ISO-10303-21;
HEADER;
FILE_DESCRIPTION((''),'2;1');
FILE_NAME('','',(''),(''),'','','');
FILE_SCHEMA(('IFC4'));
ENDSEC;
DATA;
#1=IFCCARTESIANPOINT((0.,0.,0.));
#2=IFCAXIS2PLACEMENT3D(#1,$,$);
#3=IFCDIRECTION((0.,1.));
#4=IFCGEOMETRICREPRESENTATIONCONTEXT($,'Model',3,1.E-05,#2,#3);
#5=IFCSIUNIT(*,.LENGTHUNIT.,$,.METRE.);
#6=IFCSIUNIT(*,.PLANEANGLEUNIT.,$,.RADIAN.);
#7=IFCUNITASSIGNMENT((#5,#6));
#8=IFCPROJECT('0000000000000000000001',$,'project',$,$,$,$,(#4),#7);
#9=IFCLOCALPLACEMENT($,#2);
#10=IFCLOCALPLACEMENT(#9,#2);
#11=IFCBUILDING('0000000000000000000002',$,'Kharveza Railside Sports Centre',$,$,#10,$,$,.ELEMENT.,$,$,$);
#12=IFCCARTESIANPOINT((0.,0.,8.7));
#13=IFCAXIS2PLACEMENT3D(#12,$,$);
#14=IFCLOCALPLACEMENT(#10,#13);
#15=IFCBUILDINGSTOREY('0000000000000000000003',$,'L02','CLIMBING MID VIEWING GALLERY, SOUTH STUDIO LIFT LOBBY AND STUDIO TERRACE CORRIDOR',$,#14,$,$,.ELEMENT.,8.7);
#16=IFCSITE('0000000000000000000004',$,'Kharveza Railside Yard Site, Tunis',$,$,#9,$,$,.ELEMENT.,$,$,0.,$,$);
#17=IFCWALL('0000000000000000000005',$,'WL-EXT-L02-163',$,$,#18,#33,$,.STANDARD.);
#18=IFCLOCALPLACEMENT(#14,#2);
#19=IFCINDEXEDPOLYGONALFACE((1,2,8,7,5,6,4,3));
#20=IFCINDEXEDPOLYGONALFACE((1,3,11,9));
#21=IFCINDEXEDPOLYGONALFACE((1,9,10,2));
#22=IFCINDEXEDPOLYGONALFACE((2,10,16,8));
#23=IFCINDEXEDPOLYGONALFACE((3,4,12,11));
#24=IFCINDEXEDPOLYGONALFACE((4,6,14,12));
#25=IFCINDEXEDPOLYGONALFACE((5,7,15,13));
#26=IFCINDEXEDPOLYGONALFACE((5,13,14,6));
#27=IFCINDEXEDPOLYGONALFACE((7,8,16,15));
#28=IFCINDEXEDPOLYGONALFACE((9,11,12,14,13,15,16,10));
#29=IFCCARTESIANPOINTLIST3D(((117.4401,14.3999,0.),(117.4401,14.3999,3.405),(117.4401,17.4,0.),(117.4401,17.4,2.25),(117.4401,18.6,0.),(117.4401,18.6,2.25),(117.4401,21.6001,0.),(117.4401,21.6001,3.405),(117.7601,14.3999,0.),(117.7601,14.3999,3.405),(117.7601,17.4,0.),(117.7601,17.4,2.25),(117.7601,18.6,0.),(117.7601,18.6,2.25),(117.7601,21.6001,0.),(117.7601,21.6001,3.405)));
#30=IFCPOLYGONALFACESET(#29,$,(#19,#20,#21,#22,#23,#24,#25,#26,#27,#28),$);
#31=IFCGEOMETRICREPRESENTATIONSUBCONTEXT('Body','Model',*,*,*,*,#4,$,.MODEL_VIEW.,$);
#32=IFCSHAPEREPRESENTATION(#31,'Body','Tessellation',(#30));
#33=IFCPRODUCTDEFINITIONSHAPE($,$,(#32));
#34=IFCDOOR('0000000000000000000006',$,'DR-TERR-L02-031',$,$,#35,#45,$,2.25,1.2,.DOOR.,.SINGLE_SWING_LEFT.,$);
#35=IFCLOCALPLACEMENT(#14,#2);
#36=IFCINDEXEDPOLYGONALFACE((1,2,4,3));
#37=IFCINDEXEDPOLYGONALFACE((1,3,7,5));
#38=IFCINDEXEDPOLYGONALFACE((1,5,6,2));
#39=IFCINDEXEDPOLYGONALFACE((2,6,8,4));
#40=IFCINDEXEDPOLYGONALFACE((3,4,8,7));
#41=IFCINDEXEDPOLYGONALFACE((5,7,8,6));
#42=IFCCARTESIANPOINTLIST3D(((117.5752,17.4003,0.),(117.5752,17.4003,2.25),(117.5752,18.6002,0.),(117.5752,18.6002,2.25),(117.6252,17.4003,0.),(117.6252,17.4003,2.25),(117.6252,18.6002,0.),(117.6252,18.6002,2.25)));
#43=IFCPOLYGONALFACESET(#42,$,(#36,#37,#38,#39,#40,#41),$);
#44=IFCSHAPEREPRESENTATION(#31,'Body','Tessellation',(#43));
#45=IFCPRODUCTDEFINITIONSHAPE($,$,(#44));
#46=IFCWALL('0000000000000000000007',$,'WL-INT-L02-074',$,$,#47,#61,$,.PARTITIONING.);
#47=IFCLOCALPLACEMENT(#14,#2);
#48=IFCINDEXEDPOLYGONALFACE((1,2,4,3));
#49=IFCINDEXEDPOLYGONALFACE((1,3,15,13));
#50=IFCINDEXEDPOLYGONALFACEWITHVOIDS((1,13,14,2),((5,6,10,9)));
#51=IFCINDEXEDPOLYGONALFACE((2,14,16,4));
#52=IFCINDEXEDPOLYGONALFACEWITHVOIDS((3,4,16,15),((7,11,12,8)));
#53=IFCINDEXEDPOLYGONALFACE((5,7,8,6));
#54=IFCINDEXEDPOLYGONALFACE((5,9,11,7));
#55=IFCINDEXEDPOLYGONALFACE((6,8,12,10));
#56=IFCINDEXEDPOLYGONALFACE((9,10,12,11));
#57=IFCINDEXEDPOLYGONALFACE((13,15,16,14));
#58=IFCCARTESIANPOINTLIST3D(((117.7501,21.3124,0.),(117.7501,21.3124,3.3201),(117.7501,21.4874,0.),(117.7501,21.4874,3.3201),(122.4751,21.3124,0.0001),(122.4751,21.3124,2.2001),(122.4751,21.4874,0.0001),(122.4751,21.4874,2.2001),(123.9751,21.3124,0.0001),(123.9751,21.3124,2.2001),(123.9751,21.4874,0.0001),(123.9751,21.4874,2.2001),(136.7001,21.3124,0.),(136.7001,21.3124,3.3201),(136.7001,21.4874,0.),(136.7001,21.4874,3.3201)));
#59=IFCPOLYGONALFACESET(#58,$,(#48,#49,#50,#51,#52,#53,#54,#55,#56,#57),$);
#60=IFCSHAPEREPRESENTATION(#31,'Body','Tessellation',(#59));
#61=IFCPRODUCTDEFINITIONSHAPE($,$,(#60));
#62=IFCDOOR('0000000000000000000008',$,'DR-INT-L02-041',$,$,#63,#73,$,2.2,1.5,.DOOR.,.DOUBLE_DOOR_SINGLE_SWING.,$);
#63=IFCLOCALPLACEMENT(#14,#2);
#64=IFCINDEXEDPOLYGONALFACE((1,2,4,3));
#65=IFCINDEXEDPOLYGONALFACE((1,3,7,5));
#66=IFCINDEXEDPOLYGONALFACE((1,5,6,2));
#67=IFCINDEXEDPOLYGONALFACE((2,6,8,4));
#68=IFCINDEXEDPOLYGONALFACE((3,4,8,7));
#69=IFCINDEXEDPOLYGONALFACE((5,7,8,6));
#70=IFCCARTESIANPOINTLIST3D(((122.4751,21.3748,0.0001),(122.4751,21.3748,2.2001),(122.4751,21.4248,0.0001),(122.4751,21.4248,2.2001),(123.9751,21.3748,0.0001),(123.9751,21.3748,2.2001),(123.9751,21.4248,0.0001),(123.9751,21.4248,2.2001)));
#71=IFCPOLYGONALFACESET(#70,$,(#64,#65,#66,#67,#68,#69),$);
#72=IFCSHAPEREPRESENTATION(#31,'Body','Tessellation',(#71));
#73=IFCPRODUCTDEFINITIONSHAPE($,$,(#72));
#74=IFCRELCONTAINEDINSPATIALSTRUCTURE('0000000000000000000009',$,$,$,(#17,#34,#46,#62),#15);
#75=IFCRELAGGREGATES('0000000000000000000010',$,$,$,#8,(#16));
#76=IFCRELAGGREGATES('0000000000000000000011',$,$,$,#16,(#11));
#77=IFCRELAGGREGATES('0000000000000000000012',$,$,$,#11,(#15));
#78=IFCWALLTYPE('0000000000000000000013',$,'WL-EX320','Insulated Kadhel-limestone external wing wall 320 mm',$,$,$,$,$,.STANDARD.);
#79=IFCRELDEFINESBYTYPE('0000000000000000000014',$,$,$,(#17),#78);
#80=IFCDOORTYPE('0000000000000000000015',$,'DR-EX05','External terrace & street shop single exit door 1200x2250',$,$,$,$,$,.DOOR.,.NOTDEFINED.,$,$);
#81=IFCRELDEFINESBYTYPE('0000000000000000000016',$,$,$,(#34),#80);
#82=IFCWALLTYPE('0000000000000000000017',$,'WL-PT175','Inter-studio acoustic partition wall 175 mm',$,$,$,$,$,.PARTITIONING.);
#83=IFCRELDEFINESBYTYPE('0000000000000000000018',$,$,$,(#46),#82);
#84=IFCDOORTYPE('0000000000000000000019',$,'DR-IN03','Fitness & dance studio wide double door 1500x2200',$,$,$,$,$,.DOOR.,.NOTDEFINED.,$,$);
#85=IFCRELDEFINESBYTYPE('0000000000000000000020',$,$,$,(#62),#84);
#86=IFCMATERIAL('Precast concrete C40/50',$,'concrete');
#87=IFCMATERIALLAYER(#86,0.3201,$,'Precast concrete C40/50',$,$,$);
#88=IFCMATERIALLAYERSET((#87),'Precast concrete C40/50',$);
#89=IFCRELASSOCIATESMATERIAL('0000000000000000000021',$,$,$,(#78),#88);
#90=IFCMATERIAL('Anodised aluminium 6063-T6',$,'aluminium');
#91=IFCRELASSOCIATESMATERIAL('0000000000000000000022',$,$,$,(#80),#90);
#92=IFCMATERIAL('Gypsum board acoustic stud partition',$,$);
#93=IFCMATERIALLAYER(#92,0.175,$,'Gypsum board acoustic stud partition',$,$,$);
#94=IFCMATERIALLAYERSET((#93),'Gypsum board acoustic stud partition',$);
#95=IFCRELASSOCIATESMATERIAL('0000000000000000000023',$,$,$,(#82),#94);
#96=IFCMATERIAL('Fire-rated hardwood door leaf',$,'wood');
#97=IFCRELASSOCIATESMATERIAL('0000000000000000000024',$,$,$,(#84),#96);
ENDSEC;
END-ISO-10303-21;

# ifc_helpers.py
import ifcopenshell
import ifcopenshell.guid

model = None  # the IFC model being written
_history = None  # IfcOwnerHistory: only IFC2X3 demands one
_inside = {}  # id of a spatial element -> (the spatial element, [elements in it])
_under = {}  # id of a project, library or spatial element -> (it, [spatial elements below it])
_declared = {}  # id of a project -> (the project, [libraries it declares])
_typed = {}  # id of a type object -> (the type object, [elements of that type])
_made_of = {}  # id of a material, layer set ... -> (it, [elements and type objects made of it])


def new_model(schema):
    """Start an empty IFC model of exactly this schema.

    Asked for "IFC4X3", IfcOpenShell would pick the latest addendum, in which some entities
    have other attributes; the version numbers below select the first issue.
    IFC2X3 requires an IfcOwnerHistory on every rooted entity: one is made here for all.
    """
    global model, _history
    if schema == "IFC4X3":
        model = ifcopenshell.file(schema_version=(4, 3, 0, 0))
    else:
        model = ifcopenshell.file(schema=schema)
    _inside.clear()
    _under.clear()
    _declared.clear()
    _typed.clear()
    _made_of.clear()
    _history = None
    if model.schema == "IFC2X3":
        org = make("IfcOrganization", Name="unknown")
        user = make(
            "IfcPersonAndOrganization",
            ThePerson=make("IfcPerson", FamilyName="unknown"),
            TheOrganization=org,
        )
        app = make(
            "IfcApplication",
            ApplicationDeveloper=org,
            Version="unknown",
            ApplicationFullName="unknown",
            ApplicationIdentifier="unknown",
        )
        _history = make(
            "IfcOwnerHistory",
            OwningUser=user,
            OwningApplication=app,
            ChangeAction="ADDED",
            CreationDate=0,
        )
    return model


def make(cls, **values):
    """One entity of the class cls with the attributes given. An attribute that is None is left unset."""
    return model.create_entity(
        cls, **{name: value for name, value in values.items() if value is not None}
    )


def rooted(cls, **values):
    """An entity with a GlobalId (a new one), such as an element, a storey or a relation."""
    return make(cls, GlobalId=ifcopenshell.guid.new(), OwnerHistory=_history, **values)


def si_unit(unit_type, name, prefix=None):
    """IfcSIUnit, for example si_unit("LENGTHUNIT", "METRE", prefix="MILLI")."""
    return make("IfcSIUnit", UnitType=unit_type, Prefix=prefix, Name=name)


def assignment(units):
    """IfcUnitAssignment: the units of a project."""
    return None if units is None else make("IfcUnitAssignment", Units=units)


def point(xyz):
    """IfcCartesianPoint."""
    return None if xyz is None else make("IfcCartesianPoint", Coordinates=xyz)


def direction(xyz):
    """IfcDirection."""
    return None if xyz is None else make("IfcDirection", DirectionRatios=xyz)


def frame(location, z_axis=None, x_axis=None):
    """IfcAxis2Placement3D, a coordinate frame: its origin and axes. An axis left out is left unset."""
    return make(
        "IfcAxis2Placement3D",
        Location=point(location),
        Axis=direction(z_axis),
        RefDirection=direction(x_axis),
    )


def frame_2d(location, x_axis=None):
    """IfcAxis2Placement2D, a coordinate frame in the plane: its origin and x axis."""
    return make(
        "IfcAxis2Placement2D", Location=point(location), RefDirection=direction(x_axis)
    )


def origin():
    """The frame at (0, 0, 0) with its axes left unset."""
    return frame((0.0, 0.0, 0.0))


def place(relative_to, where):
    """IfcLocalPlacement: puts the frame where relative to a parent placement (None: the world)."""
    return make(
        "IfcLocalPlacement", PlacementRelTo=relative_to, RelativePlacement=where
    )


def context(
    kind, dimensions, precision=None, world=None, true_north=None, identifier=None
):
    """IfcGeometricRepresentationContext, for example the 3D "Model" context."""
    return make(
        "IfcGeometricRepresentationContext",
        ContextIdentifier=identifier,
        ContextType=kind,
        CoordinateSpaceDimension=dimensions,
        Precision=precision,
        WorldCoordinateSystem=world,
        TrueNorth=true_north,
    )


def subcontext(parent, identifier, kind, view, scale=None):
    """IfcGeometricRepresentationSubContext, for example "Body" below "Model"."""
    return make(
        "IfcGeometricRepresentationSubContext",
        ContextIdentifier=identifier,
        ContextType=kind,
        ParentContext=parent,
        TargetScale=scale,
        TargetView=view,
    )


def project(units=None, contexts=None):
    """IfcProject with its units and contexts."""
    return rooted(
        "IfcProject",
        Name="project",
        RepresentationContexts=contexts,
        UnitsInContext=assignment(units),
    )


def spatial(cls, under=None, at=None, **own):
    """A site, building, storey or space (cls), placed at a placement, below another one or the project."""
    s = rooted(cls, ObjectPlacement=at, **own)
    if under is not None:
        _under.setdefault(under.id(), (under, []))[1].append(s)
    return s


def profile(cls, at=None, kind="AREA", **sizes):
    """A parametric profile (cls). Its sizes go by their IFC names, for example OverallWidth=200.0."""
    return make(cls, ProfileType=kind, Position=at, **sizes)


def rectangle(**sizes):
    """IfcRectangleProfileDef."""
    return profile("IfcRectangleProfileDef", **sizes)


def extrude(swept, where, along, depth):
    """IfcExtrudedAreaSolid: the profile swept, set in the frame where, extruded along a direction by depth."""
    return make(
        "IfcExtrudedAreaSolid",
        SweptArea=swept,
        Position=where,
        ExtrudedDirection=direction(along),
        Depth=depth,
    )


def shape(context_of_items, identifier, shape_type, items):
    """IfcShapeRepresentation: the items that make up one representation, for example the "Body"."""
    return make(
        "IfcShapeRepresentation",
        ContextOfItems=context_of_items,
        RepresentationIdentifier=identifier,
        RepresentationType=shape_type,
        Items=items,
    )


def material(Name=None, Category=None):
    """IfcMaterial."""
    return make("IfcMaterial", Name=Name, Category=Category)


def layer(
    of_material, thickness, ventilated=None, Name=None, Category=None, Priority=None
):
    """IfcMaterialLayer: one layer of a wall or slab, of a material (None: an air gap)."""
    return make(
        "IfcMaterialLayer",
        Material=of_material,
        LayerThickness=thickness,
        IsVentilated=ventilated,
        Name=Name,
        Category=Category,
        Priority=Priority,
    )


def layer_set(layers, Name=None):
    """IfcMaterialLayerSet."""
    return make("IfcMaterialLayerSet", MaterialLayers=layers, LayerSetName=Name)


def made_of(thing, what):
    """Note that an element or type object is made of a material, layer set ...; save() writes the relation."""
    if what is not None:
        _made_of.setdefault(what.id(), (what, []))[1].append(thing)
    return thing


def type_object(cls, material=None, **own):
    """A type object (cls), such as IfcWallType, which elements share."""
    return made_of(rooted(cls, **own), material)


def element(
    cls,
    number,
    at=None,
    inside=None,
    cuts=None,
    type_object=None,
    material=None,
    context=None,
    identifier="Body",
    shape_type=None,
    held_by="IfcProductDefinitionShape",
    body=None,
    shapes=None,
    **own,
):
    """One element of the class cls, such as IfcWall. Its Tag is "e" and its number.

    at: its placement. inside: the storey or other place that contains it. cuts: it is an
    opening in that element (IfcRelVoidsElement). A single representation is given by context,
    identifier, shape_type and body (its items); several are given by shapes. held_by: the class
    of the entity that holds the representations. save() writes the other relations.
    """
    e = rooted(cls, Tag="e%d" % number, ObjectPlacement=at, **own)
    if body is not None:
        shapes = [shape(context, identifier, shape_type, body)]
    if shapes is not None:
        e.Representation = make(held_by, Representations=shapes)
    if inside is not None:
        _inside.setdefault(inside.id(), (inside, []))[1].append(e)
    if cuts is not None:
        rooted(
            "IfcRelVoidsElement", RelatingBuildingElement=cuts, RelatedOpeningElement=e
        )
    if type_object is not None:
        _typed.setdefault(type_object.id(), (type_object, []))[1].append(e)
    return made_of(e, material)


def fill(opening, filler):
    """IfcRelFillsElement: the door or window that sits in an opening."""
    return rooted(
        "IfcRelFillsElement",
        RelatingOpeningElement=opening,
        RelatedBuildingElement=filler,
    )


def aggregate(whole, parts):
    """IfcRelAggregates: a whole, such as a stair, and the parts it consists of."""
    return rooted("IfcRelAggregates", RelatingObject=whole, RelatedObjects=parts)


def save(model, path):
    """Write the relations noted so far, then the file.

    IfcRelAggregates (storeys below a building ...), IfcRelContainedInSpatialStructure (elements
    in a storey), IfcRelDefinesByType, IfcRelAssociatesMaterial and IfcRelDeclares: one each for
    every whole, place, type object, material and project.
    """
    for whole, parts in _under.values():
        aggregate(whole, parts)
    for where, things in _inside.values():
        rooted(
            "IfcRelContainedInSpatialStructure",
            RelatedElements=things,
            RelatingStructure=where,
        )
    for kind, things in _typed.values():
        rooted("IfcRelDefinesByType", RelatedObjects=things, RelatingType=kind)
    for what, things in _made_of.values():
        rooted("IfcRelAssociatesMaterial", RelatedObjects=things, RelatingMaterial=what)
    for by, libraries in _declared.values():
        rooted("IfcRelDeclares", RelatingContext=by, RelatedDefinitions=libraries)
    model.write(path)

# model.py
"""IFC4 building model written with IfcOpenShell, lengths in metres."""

from ifc_helpers import new_model, si_unit, direction, frame, frame_2d, origin, place, context, subcontext, project, spatial, rectangle, extrude, material, layer, layer_set, type_object, element, fill, save


model = new_model("IFC4")

# Units and contexts
model_context = context("Model", 3, precision=1e-05, world=origin(), true_north=direction((0.0, 1.0)))
body_context = subcontext(model_context, "Body", "Model", "MODEL_VIEW")
ifc_project = project(units=[si_unit("LENGTHUNIT", "METRE"), si_unit("PLANEANGLEUNIT", "RADIAN")], contexts=[model_context])

# Site, building, storey
site_placement = place(None, origin())
site = spatial("IfcSite", under=ifc_project, at=site_placement, Name="Kharveza Railside Yard Site, Tunis", CompositionType="ELEMENT", RefElevation=0.0)
building_placement = place(site_placement, origin())
building = spatial("IfcBuilding", under=site, at=building_placement, Name="Kharveza Railside Sports Centre", CompositionType="ELEMENT")
storey_placement = place(building_placement, frame((0.0, 0.0, 8.7)))
storey = spatial("IfcBuildingStorey", under=building, at=storey_placement, Name="L02", Description="CLIMBING MID VIEWING GALLERY, SOUTH STUDIO LIFT LOBBY AND STUDIO TERRACE CORRIDOR", CompositionType="ELEMENT", Elevation=8.7)

# Walls, openings, doors
ifc_material_1 = material(Name="Fire-rated hardwood door leaf", Category="wood")
ifc_material_2 = material(Name="Precast concrete C40/50", Category="concrete")
ifc_layer_1 = layer(ifc_material_2, 0.3201, Name="Precast concrete C40/50")
ifc_layer_set_1 = layer_set([ifc_layer_1], Name="Precast concrete C40/50")
wall_type_1 = type_object("IfcWallType", Name="WL-EX320", Description="Insulated Kadhel-limestone external wing wall 320 mm", PredefinedType="STANDARD", material=ifc_layer_set_1)
wall_1_placement = place(storey_placement, frame((117.6001, 21.6001, 0.0), z_axis=(0.0, 0.0, 1.0), x_axis=(0.0, -1.0, 0.0)))
wall_1 = element("IfcWall", 1, at=wall_1_placement, inside=storey, type_object=wall_type_1, Name="WL-EXT-L02-163", PredefinedType="STANDARD", context=body_context, shape_type="SweptSolid", body=[
    extrude(rectangle(XDim=7.2002, YDim=0.3201, at=frame_2d((3.6001, 0.0))), origin(), (0.0, 0.0, 1.0), 3.405),
])
opening_1_placement = place(wall_1_placement, frame((3.0, 0.0, 0.0)))
opening_1 = element("IfcOpeningElement", 2, at=opening_1_placement, cuts=wall_1, PredefinedType="OPENING", context=body_context, shape_type="SweptSolid", body=[
    extrude(rectangle(XDim=1.2, YDim=2.25, at=frame_2d((0.6001, 1.125))), frame((0.0, 0.1851, 0.0), z_axis=(0.0, -1.0, 0.0), x_axis=(1.0, 0.0, 0.0)), (0.0, 0.0, 1.0), 0.3699),
])
ifc_material_3 = material(Name="Anodised aluminium 6063-T6", Category="aluminium")
door_type_1 = type_object("IfcDoorType", Name="DR-EX05", Description="External terrace & street shop single exit door 1200x2250", OperationType="NOTDEFINED", PredefinedType="DOOR", material=ifc_material_3)
door_1_placement = place(opening_1_placement, frame((1.2, 0.0, 0.0), z_axis=(0.0, 0.0, 1.0), x_axis=(-1.0, 0.0, 0.0)))
door_1 = element("IfcDoor", 3, at=door_1_placement, inside=storey, type_object=door_type_1, Name="DR-TERR-L02-031", OperationType="SINGLE_SWING_LEFT", OverallHeight=2.25, OverallWidth=1.2, PredefinedType="DOOR", context=body_context, shape_type="SweptSolid", body=[
    extrude(rectangle(XDim=1.2, YDim=2.25, at=frame_2d((0.6001, 1.125))), frame((0.0, 0.0249, 0.0), z_axis=(0.0, -1.0, 0.0), x_axis=(1.0, 0.0, 0.0)), (0.0, 0.0, 1.0), 0.05),
])
fill(opening_1, door_1)
ifc_material_4 = material(Name="Gypsum board acoustic stud partition")
ifc_layer_2 = layer(ifc_material_4, 0.175, Name="Gypsum board acoustic stud partition")
ifc_layer_set_2 = layer_set([ifc_layer_2], Name="Gypsum board acoustic stud partition")
wall_type_2 = type_object("IfcWallType", Name="WL-PT175", Description="Inter-studio acoustic partition wall 175 mm", PredefinedType="PARTITIONING", material=ifc_layer_set_2)
wall_2_placement = place(storey_placement, frame((117.75, 21.3999, 0.0), z_axis=(0.0, 0.0, 1.0), x_axis=(1.0, 0.0, 0.0)))
wall_2 = element("IfcWall", 4, at=wall_2_placement, inside=storey, type_object=wall_type_2, Name="WL-INT-L02-074", PredefinedType="PARTITIONING", context=body_context, shape_type="SweptSolid", body=[
    extrude(rectangle(XDim=18.95, YDim=0.175, at=frame_2d((9.4751, 0.0))), origin(), (0.0, 0.0, 1.0), 3.3201),
])
opening_2_placement = place(wall_2_placement, frame((4.7251, 0.0, 0.0)))
opening_2 = element("IfcOpeningElement", 5, at=opening_2_placement, cuts=wall_2, PredefinedType="OPENING", context=body_context, shape_type="SweptSolid", body=[
    extrude(rectangle(XDim=1.5, YDim=2.2, at=frame_2d((0.75, 1.1001))), frame((0.0, 0.1123, 0.0), z_axis=(0.0, -1.0, 0.0), x_axis=(1.0, 0.0, 0.0)), (0.0, 0.0, 1.0), 0.2249),
])
door_type_2 = type_object("IfcDoorType", Name="DR-IN03", Description="Fitness & dance studio wide double door 1500x2200", OperationType="NOTDEFINED", PredefinedType="DOOR", material=ifc_material_1)
door_2_placement = place(opening_2_placement, origin())
door_2 = element("IfcDoor", 6, at=door_2_placement, inside=storey, type_object=door_type_2, Name="DR-INT-L02-041", OperationType="DOUBLE_DOOR_SINGLE_SWING", OverallHeight=2.2, OverallWidth=1.5, PredefinedType="DOOR", context=body_context, shape_type="SweptSolid", body=[
    extrude(rectangle(XDim=1.5, YDim=2.2, at=frame_2d((0.75, 1.1001))), frame((0.0, 0.0249, 0.0), z_axis=(0.0, -1.0, 0.0), x_axis=(1.0, 0.0, 0.0)), (0.0, 0.0, 1.0), 0.05),
])
fill(opening_2, door_2)

save(model, "model.ifc")
